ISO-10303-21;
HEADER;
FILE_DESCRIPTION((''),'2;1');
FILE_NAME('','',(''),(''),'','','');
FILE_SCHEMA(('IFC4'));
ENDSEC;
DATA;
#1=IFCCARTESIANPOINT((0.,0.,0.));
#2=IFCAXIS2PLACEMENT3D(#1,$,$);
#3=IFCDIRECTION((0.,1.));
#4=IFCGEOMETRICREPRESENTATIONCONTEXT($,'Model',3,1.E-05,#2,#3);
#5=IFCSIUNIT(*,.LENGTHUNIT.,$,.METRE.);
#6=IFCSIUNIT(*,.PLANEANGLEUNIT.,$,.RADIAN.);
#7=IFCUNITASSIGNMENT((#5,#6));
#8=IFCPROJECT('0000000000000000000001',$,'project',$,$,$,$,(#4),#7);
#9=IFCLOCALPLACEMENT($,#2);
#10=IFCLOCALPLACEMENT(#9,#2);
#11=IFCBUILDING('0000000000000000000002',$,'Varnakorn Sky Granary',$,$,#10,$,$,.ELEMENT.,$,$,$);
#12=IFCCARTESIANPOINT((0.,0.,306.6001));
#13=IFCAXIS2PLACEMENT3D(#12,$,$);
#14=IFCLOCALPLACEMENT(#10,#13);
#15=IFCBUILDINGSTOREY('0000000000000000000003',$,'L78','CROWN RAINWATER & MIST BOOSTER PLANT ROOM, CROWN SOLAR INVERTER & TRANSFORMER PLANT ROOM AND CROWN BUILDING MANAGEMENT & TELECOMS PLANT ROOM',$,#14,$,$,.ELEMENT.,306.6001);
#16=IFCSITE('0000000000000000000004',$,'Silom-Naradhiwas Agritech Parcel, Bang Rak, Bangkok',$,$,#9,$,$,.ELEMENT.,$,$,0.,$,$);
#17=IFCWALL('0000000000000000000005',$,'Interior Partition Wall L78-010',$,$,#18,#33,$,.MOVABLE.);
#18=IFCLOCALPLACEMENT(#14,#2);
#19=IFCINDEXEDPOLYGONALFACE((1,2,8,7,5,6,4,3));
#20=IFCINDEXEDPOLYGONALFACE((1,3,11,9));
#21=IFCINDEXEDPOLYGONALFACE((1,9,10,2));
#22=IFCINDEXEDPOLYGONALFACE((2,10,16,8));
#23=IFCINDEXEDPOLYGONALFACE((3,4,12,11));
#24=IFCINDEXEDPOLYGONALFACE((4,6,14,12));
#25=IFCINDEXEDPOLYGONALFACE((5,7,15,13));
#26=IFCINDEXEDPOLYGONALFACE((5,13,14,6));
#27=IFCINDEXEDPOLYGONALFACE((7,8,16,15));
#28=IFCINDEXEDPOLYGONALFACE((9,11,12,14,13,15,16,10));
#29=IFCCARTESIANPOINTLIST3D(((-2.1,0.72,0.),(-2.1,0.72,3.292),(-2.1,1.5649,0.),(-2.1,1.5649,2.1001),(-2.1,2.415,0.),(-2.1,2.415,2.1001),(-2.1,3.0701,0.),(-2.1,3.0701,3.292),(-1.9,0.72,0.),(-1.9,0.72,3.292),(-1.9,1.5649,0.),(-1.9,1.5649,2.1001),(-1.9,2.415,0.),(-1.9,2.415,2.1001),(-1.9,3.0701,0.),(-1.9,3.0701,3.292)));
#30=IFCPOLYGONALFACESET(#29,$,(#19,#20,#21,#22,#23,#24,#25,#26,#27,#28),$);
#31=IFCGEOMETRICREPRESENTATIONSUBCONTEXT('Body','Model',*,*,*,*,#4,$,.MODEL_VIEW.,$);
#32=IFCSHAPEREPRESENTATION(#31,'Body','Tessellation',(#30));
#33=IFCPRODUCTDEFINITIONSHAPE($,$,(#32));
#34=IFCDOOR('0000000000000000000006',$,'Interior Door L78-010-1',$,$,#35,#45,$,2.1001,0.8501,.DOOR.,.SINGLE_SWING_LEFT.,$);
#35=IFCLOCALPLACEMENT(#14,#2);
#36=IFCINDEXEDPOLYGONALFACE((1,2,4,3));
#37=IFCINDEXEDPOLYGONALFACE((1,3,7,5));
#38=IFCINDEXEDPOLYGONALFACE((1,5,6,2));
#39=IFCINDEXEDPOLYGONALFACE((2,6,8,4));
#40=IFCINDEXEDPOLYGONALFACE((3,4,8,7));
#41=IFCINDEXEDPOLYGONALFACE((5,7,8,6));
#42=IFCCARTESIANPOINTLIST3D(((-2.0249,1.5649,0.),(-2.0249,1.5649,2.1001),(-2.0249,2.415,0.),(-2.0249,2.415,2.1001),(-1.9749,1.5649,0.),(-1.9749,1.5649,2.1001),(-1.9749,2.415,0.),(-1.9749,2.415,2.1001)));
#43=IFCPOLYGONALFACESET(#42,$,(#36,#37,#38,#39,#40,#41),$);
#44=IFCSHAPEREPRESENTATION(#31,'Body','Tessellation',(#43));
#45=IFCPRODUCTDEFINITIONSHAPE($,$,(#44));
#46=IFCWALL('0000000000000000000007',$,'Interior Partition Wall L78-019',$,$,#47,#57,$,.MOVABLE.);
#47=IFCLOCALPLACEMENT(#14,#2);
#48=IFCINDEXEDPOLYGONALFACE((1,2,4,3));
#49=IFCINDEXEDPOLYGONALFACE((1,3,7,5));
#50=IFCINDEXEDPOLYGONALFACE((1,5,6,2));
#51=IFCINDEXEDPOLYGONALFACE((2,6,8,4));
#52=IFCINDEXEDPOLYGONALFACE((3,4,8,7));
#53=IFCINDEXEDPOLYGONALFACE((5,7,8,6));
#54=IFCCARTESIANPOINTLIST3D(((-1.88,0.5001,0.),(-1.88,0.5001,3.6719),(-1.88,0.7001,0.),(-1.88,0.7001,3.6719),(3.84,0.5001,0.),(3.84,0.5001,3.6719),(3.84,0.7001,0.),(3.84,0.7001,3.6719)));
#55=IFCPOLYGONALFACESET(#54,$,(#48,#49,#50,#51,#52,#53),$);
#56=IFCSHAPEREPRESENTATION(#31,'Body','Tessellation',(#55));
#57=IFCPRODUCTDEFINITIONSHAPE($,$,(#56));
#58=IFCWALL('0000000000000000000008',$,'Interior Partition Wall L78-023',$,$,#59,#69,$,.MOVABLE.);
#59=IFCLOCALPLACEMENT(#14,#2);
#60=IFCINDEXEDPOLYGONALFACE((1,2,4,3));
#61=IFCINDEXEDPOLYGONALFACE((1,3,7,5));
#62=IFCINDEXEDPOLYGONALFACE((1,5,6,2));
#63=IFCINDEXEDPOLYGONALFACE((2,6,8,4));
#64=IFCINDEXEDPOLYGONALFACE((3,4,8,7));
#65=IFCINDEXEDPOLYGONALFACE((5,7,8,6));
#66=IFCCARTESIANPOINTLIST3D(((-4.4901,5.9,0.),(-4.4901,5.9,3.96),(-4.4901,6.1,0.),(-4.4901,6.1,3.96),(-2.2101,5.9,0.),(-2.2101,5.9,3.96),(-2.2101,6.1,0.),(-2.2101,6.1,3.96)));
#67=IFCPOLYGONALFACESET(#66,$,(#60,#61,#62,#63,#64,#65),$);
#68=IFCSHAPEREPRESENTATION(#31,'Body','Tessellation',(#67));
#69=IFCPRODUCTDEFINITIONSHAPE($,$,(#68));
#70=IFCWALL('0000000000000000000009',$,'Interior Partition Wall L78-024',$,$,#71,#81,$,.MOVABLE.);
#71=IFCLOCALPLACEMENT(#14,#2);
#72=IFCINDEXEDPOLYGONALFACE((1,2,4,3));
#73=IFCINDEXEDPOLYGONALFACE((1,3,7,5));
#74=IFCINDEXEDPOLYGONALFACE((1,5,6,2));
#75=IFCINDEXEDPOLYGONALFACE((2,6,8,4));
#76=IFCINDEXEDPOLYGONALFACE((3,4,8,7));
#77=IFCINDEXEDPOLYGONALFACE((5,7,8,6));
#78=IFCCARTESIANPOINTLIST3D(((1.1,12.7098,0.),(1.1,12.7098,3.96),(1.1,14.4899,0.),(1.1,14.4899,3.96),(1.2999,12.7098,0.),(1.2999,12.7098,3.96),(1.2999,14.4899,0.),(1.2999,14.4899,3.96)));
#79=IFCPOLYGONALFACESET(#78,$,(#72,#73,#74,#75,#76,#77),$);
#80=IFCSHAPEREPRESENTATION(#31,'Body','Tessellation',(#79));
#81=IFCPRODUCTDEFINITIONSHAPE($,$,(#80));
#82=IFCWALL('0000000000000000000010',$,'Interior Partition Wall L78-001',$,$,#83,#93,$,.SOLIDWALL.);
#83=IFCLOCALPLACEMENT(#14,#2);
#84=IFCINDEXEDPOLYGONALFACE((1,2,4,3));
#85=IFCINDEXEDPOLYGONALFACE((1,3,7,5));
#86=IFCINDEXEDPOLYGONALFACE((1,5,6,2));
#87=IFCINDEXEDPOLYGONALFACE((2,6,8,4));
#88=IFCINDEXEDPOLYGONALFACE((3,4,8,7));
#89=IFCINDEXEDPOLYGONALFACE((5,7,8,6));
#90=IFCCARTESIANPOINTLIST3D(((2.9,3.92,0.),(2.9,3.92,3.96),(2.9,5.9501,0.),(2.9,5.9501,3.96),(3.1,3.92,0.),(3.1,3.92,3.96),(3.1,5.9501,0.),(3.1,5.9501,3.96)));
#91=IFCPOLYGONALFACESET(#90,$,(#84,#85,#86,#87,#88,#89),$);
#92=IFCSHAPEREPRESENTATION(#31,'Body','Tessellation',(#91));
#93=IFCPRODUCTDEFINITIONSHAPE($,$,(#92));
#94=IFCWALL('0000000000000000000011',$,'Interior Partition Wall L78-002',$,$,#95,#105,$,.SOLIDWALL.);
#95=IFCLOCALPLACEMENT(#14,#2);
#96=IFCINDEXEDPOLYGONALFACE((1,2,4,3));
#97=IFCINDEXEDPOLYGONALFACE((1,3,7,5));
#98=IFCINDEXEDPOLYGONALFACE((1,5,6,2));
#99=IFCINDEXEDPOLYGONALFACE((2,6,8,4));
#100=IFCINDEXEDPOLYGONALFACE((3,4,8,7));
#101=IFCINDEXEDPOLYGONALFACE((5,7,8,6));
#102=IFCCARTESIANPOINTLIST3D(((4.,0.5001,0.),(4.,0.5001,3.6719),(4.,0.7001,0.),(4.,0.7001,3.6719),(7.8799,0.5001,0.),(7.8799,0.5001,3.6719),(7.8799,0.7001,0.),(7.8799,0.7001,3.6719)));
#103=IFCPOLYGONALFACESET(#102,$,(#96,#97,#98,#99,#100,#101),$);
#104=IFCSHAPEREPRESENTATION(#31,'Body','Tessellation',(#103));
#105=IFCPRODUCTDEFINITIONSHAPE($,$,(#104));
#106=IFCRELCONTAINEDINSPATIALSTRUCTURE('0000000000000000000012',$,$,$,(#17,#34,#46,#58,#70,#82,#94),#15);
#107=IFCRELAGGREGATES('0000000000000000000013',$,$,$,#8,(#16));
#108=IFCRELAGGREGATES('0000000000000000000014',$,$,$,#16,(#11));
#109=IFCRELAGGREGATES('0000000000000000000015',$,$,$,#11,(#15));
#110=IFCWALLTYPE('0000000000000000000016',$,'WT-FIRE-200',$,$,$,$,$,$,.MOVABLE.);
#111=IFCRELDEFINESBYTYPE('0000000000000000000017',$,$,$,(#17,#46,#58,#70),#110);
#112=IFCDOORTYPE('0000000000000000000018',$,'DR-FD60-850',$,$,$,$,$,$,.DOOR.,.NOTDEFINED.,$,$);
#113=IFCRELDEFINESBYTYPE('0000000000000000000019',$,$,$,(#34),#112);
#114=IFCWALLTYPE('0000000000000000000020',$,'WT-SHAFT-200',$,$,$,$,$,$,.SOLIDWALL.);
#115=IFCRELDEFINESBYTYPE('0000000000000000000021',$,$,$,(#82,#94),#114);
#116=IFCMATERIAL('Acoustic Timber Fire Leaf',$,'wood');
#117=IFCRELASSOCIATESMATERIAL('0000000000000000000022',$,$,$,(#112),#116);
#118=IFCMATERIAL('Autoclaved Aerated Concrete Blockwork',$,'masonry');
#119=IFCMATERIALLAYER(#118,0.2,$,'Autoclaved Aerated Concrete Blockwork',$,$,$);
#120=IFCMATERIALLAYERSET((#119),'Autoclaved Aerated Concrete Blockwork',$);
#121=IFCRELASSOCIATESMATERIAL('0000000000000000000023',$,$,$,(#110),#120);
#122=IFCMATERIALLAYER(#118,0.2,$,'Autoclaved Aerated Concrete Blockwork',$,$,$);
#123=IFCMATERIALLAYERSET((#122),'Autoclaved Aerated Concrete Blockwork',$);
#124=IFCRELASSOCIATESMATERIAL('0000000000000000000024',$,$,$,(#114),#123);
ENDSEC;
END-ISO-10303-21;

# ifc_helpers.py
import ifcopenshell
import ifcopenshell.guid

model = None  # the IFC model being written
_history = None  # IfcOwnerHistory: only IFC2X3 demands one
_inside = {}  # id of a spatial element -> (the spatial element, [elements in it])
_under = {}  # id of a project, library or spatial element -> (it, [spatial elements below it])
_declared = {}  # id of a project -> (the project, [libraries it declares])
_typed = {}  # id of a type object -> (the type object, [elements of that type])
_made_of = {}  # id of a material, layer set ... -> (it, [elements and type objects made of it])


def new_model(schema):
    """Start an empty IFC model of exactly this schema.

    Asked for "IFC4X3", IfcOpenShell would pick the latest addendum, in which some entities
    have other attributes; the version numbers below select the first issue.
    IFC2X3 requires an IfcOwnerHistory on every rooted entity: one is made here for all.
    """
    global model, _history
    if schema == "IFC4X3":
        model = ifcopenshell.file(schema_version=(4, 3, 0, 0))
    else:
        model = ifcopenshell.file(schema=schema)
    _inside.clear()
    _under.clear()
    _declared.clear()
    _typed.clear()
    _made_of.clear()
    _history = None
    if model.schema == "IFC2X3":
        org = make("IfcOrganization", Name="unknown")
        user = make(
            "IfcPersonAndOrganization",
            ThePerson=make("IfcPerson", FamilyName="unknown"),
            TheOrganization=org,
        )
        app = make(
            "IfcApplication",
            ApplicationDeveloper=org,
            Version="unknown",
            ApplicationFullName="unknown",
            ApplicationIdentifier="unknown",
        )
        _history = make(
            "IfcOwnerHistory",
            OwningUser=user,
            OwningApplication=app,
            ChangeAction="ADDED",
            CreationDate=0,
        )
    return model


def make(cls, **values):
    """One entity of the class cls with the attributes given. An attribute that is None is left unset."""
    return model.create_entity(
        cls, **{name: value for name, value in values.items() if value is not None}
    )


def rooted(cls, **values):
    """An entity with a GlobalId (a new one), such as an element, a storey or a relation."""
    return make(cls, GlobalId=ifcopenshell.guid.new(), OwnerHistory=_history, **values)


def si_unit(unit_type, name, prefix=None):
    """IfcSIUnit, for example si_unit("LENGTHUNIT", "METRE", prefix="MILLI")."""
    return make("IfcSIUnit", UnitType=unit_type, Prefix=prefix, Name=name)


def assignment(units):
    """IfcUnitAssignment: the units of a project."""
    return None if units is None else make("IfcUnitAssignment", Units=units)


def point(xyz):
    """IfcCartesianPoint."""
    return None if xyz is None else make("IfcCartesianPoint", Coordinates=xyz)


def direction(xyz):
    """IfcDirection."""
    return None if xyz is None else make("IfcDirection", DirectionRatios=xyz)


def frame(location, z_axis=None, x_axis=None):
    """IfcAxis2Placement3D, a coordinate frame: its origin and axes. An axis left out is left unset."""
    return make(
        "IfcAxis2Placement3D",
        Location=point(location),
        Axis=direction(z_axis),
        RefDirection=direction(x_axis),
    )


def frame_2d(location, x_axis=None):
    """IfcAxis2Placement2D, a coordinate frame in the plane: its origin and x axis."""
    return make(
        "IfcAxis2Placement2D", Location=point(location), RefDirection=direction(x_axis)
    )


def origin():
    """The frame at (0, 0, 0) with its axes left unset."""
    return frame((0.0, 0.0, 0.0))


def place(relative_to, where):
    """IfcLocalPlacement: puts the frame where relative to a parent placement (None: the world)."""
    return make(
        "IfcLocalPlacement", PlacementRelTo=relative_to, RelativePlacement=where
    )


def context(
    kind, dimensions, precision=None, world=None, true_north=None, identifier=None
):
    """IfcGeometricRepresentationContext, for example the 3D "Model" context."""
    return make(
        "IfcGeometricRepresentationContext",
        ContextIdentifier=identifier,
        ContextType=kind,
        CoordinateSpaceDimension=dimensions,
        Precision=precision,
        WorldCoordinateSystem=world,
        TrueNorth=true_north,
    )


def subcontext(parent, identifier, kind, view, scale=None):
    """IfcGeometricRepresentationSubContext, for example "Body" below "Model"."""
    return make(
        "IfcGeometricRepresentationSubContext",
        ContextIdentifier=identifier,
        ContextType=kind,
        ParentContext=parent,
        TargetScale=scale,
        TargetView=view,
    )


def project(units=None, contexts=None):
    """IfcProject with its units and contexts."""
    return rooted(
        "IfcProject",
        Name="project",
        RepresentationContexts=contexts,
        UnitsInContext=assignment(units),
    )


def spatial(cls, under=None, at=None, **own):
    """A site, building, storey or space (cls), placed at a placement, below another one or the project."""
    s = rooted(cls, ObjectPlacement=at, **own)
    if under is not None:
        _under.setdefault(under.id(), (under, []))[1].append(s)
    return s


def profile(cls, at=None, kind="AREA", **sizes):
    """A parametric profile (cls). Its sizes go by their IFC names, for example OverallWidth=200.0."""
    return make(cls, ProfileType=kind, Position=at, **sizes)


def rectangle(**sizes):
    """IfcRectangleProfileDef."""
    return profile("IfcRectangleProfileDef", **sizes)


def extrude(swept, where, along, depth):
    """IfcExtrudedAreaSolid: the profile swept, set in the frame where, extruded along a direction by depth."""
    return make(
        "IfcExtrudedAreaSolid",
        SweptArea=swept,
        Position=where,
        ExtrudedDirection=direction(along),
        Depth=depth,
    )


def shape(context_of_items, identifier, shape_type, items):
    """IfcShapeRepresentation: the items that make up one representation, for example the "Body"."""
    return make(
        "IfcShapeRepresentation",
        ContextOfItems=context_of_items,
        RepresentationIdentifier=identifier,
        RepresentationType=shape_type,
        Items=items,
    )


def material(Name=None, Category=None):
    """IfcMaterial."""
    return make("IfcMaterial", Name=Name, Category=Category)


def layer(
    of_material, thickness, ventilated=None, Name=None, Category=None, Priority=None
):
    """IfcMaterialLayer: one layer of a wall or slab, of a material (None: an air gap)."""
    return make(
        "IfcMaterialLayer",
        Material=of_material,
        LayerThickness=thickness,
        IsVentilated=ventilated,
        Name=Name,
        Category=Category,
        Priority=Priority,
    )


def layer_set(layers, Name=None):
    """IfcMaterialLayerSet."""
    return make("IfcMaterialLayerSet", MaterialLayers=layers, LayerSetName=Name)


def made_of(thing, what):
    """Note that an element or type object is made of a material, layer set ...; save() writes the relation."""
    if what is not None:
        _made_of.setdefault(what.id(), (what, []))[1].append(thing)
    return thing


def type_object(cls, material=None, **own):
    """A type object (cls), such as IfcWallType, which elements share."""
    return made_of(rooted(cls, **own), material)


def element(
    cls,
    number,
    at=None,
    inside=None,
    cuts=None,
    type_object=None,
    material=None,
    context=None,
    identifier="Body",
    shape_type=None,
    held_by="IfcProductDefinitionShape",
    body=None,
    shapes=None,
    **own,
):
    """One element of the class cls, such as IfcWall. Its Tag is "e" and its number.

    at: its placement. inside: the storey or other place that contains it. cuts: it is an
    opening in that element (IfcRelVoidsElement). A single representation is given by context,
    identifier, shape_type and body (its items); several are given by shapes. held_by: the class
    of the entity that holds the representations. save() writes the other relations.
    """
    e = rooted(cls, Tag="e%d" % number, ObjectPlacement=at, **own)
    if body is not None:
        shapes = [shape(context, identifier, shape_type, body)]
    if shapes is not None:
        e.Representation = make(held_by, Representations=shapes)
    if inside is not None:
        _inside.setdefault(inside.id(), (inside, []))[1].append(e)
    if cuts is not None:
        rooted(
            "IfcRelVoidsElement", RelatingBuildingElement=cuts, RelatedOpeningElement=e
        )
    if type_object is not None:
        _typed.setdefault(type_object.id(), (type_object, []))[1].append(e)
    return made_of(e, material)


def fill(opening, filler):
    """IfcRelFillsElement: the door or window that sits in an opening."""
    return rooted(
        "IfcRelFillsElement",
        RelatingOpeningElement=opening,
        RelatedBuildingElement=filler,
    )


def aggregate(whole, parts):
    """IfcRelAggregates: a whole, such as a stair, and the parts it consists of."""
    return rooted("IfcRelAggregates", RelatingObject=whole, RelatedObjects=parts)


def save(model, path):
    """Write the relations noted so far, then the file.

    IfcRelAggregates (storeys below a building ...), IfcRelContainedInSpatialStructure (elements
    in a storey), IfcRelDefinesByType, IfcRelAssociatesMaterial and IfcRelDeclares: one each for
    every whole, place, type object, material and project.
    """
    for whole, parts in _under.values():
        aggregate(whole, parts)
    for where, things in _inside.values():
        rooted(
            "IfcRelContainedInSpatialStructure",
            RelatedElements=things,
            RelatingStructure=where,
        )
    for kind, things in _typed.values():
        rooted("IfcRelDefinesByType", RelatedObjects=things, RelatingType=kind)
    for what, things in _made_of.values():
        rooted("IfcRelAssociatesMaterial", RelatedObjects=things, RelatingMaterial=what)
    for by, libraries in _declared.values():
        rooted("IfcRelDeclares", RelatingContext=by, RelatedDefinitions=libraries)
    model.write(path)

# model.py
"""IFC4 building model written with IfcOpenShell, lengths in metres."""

from ifc_helpers import new_model, si_unit, direction, frame, frame_2d, origin, place, context, subcontext, project, spatial, rectangle, extrude, material, layer, layer_set, type_object, element, fill, save


model = new_model("IFC4")

# Units and contexts
model_context = context("Model", 3, precision=1e-05, world=origin(), true_north=direction((0.0, 1.0)))
body_context = subcontext(model_context, "Body", "Model", "MODEL_VIEW")
ifc_project = project(units=[si_unit("LENGTHUNIT", "METRE"), si_unit("PLANEANGLEUNIT", "RADIAN")], contexts=[model_context])

# Site, building, storey
site_placement = place(None, origin())
site = spatial("IfcSite", under=ifc_project, at=site_placement, Name="Silom-Naradhiwas Agritech Parcel, Bang Rak, Bangkok", CompositionType="ELEMENT", RefElevation=0.0)
building_placement = place(site_placement, origin())
building = spatial("IfcBuilding", under=site, at=building_placement, Name="Varnakorn Sky Granary", CompositionType="ELEMENT")
storey_placement = place(building_placement, frame((0.0, 0.0, 306.6001)))
storey = spatial("IfcBuildingStorey", under=building, at=storey_placement, Name="L78", Description="CROWN RAINWATER & MIST BOOSTER PLANT ROOM, CROWN SOLAR INVERTER & TRANSFORMER PLANT ROOM AND CROWN BUILDING MANAGEMENT & TELECOMS PLANT ROOM", CompositionType="ELEMENT", Elevation=306.6001)

# Shared definitions
ifc_material_1 = material(Name="Acoustic Timber Fire Leaf", Category="wood")
door_type_1 = type_object("IfcDoorType", Name="DR-FD60-850", OperationType="NOTDEFINED", PredefinedType="DOOR", material=ifc_material_1)

# Wall, opening, door
ifc_material_2 = material(Name="Autoclaved Aerated Concrete Blockwork", Category="masonry")
ifc_layer_1 = layer(ifc_material_2, 0.2, Name="Autoclaved Aerated Concrete Blockwork")
ifc_layer_set_1 = layer_set([ifc_layer_1], Name="Autoclaved Aerated Concrete Blockwork")
wall_type_1 = type_object("IfcWallType", Name="WT-FIRE-200", PredefinedType="MOVABLE", material=ifc_layer_set_1)
wall_1_placement = place(storey_placement, frame((-2.0, 0.72, 0.0), z_axis=(0.0, 0.0, 1.0), x_axis=(0.0, 1.0, 0.0)))
wall_1 = element("IfcWall", 1, at=wall_1_placement, inside=storey, type_object=wall_type_1, Name="Interior Partition Wall L78-010", PredefinedType="MOVABLE", context=body_context, shape_type="SweptSolid", body=[
    extrude(rectangle(XDim=2.3501, YDim=0.2, at=frame_2d((1.175, 0.0))), origin(), (0.0, 0.0, 1.0), 3.292),
])
opening_1_placement = place(wall_1_placement, frame((0.845, 0.0, 0.0)))
opening_1 = element("IfcOpeningElement", 2, at=opening_1_placement, cuts=wall_1, PredefinedType="OPENING", context=body_context, shape_type="SweptSolid", body=[
    extrude(rectangle(XDim=0.8501, YDim=2.1001, at=frame_2d((0.425, 1.05))), frame((0.0, 0.1099, 0.0), z_axis=(0.0, -1.0, 0.0), x_axis=(1.0, 0.0, 0.0)), (0.0, 0.0, 1.0), 0.22),
])
door_1_placement = place(opening_1_placement, origin())
door_1 = element("IfcDoor", 3, at=door_1_placement, inside=storey, type_object=door_type_1, Name="Interior Door L78-010-1", OperationType="SINGLE_SWING_LEFT", OverallHeight=2.1001, OverallWidth=0.8501, PredefinedType="DOOR", context=body_context, shape_type="SweptSolid", body=[
    extrude(rectangle(XDim=0.8501, YDim=2.1001, at=frame_2d((0.425, 1.05))), frame((0.0, 0.0249, 0.0), z_axis=(0.0, -1.0, 0.0), x_axis=(1.0, 0.0, 0.0)), (0.0, 0.0, 1.0), 0.05),
])
fill(opening_1, door_1)

# Walls
wall_2_placement = place(storey_placement, frame((-1.8799, 0.6001, 0.0), z_axis=(0.0, 0.0, 1.0), x_axis=(1.0, 0.0, 0.0)))
element("IfcWall", 4, at=wall_2_placement, inside=storey, type_object=wall_type_1, Name="Interior Partition Wall L78-019", PredefinedType="MOVABLE", context=body_context, shape_type="SweptSolid", body=[
    extrude(rectangle(XDim=5.72, YDim=0.2, at=frame_2d((2.8599, 0.0))), origin(), (0.0, 0.0, 1.0), 3.6719),
])
wall_3_placement = place(storey_placement, frame((-2.21, 6.0, 0.0), z_axis=(0.0, 0.0, 1.0), x_axis=(-1.0, 0.0, 0.0)))
element("IfcWall", 5, at=wall_3_placement, inside=storey, type_object=wall_type_1, Name="Interior Partition Wall L78-023", PredefinedType="MOVABLE", context=body_context, shape_type="SweptSolid", body=[
    extrude(rectangle(XDim=2.28, YDim=0.2, at=frame_2d((1.1401, 0.0))), origin(), (0.0, 0.0, 1.0), 3.96),
])
wall_4_placement = place(storey_placement, frame((1.2, 14.49, 0.0), z_axis=(0.0, 0.0, 1.0), x_axis=(0.0, -1.0, 0.0)))
element("IfcWall", 6, at=wall_4_placement, inside=storey, type_object=wall_type_1, Name="Interior Partition Wall L78-024", PredefinedType="MOVABLE", context=body_context, shape_type="SweptSolid", body=[
    extrude(rectangle(XDim=1.78, YDim=0.2, at=frame_2d((0.8901, 0.0))), origin(), (0.0, 0.0, 1.0), 3.96),
])
ifc_layer_2 = layer(ifc_material_2, 0.2, Name="Autoclaved Aerated Concrete Blockwork")
ifc_layer_set_2 = layer_set([ifc_layer_2], Name="Autoclaved Aerated Concrete Blockwork")
wall_type_2 = type_object("IfcWallType", Name="WT-SHAFT-200", PredefinedType="SOLIDWALL", material=ifc_layer_set_2)
wall_5_placement = place(storey_placement, frame((3.0, 3.9199, 0.0), z_axis=(0.0, 0.0, 1.0), x_axis=(0.0, 1.0, 0.0)))
element("IfcWall", 7, at=wall_5_placement, inside=storey, type_object=wall_type_2, Name="Interior Partition Wall L78-001", PredefinedType="SOLIDWALL", context=body_context, shape_type="SweptSolid", body=[
    extrude(rectangle(XDim=2.03, YDim=0.2, at=frame_2d((1.0151, 0.0))), origin(), (0.0, 0.0, 1.0), 3.96),
])
wall_6_placement = place(storey_placement, frame((4.0, 0.6001, 0.0), z_axis=(0.0, 0.0, 1.0), x_axis=(1.0, 0.0, 0.0)))
element("IfcWall", 8, at=wall_6_placement, inside=storey, type_object=wall_type_2, Name="Interior Partition Wall L78-002", PredefinedType="SOLIDWALL", context=body_context, shape_type="SweptSolid", body=[
    extrude(rectangle(XDim=3.8799, YDim=0.2, at=frame_2d((1.9399, 0.0))), origin(), (0.0, 0.0, 1.0), 3.6719),
])

save(model, "model.ifc")
